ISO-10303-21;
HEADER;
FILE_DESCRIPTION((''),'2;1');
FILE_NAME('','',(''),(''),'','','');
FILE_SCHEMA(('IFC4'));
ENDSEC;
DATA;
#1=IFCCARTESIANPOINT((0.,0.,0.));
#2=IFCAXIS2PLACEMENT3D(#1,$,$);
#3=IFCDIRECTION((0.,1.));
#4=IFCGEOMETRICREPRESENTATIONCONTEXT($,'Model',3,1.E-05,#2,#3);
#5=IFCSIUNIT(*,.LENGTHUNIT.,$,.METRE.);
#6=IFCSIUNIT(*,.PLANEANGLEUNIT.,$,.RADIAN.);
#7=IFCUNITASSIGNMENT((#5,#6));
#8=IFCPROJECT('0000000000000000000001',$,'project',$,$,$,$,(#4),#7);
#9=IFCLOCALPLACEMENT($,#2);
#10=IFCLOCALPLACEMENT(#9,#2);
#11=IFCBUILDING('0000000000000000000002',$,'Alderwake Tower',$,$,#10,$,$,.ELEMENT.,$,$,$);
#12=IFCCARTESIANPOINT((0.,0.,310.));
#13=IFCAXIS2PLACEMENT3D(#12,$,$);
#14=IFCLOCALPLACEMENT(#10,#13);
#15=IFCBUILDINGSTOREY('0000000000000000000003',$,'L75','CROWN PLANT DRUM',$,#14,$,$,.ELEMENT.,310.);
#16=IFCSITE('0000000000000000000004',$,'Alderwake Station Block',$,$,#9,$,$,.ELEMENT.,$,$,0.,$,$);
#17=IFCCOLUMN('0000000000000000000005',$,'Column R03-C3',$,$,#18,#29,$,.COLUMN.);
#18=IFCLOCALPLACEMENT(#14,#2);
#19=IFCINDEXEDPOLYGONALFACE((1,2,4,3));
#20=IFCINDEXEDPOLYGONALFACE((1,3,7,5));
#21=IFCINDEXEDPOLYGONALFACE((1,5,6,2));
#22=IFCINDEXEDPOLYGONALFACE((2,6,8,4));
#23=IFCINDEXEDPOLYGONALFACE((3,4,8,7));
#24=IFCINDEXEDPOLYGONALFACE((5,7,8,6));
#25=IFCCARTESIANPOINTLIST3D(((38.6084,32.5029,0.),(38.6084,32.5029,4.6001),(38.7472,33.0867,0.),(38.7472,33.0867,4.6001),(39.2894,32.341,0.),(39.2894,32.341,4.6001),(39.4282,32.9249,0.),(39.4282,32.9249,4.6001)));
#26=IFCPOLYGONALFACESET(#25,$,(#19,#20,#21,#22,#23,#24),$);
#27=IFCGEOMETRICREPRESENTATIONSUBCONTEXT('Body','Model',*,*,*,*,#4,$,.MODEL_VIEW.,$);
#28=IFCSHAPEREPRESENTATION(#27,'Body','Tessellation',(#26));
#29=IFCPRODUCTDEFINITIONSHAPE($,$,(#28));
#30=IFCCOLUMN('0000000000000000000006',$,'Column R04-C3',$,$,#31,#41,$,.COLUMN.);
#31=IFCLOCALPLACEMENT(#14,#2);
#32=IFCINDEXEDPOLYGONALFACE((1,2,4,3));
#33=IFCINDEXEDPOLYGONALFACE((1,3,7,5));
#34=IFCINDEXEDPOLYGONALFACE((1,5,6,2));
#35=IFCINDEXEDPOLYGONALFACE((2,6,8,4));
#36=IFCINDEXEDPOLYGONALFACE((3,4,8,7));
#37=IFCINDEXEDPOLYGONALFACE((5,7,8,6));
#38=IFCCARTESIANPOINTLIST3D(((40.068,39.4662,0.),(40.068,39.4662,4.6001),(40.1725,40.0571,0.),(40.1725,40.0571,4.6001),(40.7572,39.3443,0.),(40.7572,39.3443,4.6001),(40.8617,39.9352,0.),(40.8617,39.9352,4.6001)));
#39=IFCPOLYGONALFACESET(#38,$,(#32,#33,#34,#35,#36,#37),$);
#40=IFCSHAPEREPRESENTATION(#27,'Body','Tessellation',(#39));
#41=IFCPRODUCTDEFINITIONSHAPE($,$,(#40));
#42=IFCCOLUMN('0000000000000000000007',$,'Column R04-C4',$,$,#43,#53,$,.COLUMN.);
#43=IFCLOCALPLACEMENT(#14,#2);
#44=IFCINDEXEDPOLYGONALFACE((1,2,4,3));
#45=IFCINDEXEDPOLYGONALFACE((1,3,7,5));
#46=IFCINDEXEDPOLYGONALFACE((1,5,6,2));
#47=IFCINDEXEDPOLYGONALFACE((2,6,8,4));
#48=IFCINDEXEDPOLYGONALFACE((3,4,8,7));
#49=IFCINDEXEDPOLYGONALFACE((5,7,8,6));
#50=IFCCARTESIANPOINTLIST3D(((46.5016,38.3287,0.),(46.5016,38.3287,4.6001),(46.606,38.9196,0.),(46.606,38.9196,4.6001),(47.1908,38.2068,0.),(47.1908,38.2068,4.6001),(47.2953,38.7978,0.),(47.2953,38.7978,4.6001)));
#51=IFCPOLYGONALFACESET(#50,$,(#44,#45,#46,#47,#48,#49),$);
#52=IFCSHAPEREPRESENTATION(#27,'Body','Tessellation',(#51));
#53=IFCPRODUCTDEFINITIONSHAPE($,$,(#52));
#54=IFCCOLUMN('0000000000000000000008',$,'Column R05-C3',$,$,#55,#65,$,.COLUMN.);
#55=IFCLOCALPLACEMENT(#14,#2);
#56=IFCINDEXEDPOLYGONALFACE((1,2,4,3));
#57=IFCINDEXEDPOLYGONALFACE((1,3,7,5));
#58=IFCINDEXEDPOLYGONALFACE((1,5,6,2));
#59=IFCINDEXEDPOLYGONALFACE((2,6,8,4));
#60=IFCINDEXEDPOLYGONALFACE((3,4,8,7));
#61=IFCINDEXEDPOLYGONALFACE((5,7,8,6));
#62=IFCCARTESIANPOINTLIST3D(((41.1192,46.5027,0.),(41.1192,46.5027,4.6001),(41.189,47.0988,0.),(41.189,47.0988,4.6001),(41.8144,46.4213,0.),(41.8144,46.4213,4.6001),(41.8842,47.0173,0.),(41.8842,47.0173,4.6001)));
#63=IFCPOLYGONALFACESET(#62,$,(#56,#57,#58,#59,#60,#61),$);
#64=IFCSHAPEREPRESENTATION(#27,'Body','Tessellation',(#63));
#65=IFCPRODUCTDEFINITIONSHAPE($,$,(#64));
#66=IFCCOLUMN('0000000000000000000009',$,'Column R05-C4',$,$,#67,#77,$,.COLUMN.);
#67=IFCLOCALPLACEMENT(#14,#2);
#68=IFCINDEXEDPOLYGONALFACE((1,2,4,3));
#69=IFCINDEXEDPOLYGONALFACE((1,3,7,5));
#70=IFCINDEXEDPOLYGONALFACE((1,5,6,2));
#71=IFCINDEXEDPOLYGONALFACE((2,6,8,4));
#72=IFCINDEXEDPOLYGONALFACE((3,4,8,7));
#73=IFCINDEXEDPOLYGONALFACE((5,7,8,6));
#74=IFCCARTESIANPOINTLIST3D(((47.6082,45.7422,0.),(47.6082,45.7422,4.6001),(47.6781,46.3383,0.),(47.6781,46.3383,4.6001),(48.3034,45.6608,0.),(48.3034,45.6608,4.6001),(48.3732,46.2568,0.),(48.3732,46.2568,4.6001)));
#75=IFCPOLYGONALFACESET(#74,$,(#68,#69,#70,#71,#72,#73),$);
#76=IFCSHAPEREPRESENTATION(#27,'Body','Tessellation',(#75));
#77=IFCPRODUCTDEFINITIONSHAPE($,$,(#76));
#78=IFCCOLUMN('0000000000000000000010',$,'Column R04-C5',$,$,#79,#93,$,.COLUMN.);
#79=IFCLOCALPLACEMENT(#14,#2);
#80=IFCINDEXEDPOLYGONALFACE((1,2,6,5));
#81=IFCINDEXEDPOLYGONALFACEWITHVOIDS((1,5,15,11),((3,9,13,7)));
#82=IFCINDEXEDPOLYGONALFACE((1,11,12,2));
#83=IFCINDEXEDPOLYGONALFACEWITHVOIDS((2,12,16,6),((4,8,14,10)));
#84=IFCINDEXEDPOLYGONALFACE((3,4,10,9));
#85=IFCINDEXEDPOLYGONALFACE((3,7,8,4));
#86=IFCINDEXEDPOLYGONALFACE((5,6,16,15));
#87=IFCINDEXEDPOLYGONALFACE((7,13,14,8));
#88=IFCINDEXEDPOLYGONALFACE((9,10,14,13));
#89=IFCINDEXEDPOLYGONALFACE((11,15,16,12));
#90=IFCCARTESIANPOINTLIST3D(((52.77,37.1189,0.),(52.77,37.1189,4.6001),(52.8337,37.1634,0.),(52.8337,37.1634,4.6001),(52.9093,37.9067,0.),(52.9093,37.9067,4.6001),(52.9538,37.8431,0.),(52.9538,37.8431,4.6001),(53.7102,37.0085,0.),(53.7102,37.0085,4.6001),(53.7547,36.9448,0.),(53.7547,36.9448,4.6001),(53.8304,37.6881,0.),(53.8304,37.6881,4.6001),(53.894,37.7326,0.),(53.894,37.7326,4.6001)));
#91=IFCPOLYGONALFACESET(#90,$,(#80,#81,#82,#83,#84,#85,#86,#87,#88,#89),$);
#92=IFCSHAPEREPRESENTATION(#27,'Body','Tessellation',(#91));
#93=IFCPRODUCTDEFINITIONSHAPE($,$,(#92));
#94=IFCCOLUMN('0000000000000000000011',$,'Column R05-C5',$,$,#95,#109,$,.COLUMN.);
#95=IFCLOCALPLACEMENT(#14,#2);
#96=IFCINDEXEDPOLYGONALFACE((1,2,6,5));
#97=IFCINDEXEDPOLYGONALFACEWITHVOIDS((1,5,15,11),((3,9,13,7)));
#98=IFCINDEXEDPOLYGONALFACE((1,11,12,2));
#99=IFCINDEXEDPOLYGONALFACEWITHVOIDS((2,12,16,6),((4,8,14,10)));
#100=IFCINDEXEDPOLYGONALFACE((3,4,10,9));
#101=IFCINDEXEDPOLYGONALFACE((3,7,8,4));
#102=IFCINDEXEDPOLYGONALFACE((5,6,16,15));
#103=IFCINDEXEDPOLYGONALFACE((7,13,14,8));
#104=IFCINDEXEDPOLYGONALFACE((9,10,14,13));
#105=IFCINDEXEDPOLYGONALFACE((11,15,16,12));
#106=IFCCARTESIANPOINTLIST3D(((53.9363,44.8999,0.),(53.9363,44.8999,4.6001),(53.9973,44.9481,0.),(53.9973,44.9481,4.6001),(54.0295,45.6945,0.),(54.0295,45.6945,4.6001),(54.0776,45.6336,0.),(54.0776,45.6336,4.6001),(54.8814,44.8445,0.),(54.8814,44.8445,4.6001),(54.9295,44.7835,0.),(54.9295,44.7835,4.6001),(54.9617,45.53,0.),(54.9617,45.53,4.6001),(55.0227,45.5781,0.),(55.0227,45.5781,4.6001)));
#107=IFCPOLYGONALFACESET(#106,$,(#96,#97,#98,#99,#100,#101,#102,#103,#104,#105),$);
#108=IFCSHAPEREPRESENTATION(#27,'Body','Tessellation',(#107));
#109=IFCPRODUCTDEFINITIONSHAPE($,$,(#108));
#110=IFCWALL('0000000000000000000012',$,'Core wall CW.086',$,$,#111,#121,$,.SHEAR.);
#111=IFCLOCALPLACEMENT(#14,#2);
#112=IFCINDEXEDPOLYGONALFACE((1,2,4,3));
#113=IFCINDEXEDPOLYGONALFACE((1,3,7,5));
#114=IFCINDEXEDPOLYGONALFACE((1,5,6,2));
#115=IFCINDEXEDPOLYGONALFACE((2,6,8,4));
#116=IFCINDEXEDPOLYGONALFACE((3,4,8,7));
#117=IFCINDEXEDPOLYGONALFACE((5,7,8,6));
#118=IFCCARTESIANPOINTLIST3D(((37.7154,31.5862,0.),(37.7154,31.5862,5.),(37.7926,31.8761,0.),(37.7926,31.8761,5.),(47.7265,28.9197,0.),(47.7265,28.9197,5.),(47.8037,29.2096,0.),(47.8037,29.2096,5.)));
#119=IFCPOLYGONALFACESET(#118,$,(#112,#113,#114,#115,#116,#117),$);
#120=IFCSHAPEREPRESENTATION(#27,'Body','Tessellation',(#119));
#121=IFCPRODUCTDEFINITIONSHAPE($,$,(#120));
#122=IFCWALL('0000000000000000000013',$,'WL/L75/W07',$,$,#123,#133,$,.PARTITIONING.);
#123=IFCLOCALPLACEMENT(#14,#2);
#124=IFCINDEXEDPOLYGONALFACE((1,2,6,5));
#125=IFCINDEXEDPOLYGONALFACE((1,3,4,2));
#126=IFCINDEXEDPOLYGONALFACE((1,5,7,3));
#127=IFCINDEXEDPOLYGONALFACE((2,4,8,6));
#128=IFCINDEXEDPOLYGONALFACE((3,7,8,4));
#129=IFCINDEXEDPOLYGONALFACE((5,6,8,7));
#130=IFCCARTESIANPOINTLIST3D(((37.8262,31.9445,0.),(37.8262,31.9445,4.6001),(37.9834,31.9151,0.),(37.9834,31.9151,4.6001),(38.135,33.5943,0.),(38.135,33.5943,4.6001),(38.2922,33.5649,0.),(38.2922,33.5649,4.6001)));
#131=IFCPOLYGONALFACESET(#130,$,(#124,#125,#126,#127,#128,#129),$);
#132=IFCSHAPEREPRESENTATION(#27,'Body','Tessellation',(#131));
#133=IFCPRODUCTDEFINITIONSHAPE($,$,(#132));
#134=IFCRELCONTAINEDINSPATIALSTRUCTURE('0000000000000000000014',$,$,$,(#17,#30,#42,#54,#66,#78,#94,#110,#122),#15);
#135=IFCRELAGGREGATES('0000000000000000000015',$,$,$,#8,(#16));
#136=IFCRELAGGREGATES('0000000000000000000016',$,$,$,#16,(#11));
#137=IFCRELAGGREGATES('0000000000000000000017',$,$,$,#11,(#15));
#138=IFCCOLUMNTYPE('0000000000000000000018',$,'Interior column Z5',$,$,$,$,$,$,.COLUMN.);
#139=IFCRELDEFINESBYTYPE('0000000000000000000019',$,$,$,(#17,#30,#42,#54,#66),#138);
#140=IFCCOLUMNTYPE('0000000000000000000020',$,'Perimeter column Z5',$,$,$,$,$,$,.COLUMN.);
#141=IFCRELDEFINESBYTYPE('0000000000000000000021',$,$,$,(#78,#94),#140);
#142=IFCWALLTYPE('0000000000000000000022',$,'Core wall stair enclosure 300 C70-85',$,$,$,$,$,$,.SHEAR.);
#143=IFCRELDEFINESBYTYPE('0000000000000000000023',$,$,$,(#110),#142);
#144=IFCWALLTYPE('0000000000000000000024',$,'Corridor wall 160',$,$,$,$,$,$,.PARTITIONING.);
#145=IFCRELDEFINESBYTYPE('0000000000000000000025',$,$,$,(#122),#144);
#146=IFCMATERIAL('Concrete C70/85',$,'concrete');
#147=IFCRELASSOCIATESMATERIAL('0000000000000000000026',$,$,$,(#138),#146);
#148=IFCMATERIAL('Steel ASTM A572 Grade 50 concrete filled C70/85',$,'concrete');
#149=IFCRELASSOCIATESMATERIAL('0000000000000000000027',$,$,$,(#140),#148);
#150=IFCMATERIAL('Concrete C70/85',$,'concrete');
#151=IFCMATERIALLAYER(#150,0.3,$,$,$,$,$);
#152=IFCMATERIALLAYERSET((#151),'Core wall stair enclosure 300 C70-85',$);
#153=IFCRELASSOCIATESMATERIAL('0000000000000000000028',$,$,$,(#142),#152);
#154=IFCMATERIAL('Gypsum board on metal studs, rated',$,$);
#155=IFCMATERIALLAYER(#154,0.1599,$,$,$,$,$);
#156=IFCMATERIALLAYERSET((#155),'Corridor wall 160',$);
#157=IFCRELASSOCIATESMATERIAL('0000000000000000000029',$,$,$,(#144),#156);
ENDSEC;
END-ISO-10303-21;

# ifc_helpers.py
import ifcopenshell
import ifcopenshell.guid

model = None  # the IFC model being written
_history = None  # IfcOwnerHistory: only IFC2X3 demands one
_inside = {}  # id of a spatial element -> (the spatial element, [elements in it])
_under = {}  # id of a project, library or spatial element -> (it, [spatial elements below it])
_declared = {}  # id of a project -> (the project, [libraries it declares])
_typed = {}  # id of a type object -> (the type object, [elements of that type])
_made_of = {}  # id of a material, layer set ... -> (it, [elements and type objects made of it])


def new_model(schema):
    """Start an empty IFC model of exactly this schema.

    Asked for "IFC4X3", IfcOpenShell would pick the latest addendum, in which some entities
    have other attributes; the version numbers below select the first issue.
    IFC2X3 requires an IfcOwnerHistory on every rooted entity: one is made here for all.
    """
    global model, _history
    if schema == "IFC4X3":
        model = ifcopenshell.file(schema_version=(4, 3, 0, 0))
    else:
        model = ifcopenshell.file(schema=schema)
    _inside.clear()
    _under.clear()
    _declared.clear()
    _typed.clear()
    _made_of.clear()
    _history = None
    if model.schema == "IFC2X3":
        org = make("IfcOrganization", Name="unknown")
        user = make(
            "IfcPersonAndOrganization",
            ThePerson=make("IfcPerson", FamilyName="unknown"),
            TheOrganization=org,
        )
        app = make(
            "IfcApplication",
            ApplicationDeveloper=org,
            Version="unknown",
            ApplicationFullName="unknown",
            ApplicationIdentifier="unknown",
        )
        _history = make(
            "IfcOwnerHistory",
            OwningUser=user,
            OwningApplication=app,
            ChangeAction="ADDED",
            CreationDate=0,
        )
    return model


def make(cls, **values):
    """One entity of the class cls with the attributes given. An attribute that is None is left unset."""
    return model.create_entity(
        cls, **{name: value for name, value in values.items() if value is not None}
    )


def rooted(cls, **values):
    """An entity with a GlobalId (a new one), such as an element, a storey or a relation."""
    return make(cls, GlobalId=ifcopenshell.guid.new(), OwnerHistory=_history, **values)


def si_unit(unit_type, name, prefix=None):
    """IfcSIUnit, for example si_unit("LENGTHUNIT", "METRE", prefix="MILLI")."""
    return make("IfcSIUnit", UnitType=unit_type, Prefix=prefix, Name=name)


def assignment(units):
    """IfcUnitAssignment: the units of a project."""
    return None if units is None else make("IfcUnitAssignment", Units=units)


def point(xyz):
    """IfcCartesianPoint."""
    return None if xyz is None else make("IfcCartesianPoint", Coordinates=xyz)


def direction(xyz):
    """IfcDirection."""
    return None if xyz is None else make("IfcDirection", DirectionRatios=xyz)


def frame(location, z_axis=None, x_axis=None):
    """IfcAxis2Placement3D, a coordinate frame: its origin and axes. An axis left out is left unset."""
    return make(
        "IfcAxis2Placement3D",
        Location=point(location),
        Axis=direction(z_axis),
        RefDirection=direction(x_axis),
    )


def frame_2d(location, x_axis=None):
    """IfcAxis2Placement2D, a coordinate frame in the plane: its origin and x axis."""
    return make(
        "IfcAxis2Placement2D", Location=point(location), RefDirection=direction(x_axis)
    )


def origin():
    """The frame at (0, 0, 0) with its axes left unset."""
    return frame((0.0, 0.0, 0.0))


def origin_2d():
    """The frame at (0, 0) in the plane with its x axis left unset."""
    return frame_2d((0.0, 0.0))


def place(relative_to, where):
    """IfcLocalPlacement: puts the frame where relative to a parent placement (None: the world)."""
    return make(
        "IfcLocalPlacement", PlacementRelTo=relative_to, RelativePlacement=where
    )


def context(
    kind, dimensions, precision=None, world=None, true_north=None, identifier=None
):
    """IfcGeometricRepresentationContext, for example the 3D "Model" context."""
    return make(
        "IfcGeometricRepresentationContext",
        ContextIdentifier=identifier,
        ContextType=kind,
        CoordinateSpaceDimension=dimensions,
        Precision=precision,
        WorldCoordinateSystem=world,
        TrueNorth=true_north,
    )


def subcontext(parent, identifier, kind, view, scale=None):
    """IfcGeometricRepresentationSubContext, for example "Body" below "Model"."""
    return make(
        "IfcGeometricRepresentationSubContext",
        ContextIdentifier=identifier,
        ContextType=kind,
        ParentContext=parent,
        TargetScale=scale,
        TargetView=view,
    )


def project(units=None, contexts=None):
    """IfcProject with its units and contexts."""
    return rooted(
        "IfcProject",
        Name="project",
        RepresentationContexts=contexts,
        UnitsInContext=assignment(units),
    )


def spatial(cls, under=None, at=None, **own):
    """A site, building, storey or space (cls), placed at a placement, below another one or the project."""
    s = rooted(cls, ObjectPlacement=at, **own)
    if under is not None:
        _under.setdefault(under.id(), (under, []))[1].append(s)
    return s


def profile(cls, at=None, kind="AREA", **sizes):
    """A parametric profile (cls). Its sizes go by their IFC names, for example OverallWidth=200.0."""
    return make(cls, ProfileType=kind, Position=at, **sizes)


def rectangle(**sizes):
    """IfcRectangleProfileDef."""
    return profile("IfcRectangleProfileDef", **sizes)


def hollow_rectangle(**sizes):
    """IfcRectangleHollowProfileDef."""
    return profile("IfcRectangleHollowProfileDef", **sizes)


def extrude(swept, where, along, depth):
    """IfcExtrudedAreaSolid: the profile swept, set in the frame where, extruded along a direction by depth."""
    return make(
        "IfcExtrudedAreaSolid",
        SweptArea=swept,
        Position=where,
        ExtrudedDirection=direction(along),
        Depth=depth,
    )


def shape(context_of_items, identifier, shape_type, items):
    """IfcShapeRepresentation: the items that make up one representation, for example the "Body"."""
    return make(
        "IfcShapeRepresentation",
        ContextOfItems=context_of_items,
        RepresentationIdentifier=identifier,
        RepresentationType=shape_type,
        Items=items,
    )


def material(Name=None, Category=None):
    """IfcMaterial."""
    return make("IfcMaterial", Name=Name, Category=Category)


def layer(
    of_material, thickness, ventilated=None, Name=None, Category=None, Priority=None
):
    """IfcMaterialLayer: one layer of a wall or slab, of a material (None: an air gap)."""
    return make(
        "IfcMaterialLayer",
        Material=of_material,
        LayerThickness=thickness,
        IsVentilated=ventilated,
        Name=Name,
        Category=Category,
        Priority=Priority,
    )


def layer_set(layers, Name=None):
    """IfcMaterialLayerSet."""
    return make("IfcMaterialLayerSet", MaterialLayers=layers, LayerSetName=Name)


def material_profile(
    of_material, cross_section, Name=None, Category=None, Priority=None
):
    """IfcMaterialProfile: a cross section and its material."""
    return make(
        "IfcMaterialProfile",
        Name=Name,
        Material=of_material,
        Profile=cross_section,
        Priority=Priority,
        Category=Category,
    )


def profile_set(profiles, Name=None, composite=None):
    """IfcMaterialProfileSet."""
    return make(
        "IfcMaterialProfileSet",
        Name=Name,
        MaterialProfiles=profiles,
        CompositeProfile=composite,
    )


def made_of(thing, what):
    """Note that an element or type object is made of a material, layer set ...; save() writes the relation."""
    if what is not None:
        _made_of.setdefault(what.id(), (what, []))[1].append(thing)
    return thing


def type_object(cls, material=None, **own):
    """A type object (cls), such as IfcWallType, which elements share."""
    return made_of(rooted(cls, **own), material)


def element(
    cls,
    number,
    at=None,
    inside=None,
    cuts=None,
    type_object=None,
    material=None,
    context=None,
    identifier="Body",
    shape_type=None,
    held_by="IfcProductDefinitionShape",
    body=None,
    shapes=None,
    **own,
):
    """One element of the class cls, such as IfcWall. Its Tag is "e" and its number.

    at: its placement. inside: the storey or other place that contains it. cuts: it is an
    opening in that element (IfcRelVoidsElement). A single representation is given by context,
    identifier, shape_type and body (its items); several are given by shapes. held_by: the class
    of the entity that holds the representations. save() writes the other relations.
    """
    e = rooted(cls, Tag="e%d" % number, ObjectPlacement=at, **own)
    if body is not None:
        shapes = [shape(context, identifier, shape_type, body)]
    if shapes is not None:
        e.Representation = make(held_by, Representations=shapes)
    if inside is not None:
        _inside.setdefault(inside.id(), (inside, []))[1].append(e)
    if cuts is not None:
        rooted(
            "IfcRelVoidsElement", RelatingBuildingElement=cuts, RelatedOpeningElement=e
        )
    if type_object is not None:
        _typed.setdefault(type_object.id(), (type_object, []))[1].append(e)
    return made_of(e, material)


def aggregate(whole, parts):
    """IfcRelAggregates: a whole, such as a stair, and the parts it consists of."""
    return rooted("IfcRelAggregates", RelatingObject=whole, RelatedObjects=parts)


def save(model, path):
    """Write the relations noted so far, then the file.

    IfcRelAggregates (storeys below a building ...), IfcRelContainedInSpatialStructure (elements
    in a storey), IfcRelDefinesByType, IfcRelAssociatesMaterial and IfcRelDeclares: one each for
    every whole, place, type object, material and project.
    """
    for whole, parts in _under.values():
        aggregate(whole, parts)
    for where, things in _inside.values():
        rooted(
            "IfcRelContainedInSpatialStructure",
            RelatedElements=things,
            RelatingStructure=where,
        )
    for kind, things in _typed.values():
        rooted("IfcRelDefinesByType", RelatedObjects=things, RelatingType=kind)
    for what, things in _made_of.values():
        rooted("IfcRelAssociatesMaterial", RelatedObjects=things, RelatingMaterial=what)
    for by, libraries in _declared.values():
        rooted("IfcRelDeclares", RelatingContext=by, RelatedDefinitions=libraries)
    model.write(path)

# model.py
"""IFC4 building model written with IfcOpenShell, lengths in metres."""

from ifc_helpers import new_model, si_unit, direction, frame, frame_2d, origin, origin_2d, place, context, subcontext, project, spatial, rectangle, hollow_rectangle, extrude, material, layer, layer_set, material_profile, profile_set, type_object, element, save


model = new_model("IFC4")

# Units and contexts
model_context = context("Model", 3, precision=1e-05, world=origin(), true_north=direction((0.0, 1.0)))
body_context = subcontext(model_context, "Body", "Model", "MODEL_VIEW")
ifc_project = project(units=[si_unit("LENGTHUNIT", "METRE"), si_unit("PLANEANGLEUNIT", "RADIAN")], contexts=[model_context])

# Site, building, storey
site_placement = place(None, origin())
site = spatial("IfcSite", under=ifc_project, at=site_placement, Name="Alderwake Station Block", CompositionType="ELEMENT", RefElevation=0.0)
building_placement = place(site_placement, origin())
building = spatial("IfcBuilding", under=site, at=building_placement, Name="Alderwake Tower", CompositionType="ELEMENT")
storey_placement = place(building_placement, frame((0.0, 0.0, 310.0)))
storey = spatial("IfcBuildingStorey", under=building, at=storey_placement, Name="L75", Description="CROWN PLANT DRUM", CompositionType="ELEMENT", Elevation=310.0)

# Columns
ifc_material_1 = material(Name="Concrete C70/85", Category="concrete")
ifc_material_profile_1 = material_profile(ifc_material_1, rectangle(XDim=0.6001, YDim=0.7, at=origin_2d()), Name="RC 700X600")
ifc_profile_set_1 = profile_set([ifc_material_profile_1], Name="Concrete C70/85")
column_type_1 = type_object("IfcColumnType", Name="Interior column Z5", PredefinedType="COLUMN", material=ifc_profile_set_1)
for number, where, z_axis, x_axis, name in (
    (1, (39.0183, 32.7139, 0.0), (0.0, 0.0, 1.0), (0.231222, 0.972901, 0.0), "Column R03-C3"),
    (2, (40.4648, 39.7007, 0.0), (0.0, 0.0, 1.0), (0.174109, 0.984726, 0.0), "Column R04-C3"),
    (3, (46.8984, 38.5632, 0.0), (0.0, 0.0, 1.0), (0.174107, 0.984727, 0.0), "Column R04-C4"),
    (4, (41.5017, 46.76, 0.0), (0.0, 0.0, 1.0), (0.116402, 0.993202, 0.0), "Column R05-C3"),
    (5, (47.9907, 45.9995, 0.0), (0.0, 0.0, 1.0), (0.116402, 0.993202, 0.0), "Column R05-C4"),
):
    element("IfcColumn", number, at=place(storey_placement, frame(where, z_axis=z_axis, x_axis=x_axis)), inside=storey, type_object=column_type_1, Name=name, PredefinedType="COLUMN", context=body_context, shape_type="SweptSolid", body=[
        extrude(rectangle(XDim=0.6001, YDim=0.7, at=origin_2d()), origin(), (0.0, 0.0, 1.0), 4.6001),
    ])
ifc_material_2 = material(Name="Steel ASTM A572 Grade 50 concrete filled C70/85", Category="concrete")
ifc_material_profile_2 = material_profile(ifc_material_2, hollow_rectangle(XDim=0.8, YDim=1.0, WallThickness=0.0549, at=origin_2d()), Name="BOX 1000X800X55")
ifc_profile_set_2 = profile_set([ifc_material_profile_2], Name="Steel ASTM A572 Grade 50 concrete filled C70/85")
column_type_2 = type_object("IfcColumnType", Name="Perimeter column Z5", PredefinedType="COLUMN", material=ifc_profile_set_2)
for number, where, z_axis, x_axis, name in (
    (6, (53.332, 37.4258, 0.0), (0.0, 0.0, 1.0), (0.174107, 0.984727, 0.0), "Column R04-C5"),
    (7, (54.4795, 45.239, 0.0), (0.0, 0.0, 1.0), (0.116402, 0.993202, 0.0), "Column R05-C5"),
):
    element("IfcColumn", number, at=place(storey_placement, frame(where, z_axis=z_axis, x_axis=x_axis)), inside=storey, type_object=column_type_2, Name=name, PredefinedType="COLUMN", context=body_context, shape_type="SweptSolid", body=[
        extrude(hollow_rectangle(XDim=0.8, YDim=1.0, WallThickness=0.0549, at=origin_2d()), origin(), (0.0, 0.0, 1.0), 4.6001),
    ])

# Walls
ifc_material_3 = material(Name="Concrete C70/85", Category="concrete")
ifc_layer_1 = layer(ifc_material_3, 0.3)
ifc_layer_set_1 = layer_set([ifc_layer_1], Name="Core wall stair enclosure 300 C70-85")
wall_type_1 = type_object("IfcWallType", Name="Core wall stair enclosure 300 C70-85", PredefinedType="SHEAR", material=ifc_layer_set_1)
wall_1_placement = place(storey_placement, frame((37.7539, 31.7312, 0.0), z_axis=(0.0, 0.0, 1.0), x_axis=(0.966309, -0.257384, 0.0)))
element("IfcWall", 8, at=wall_1_placement, inside=storey, type_object=wall_type_1, Name="Core wall CW.086", PredefinedType="SHEAR", context=body_context, shape_type="SweptSolid", body=[
    extrude(rectangle(XDim=10.3601, YDim=0.3, at=frame_2d((5.1802, 0.0))), origin(), (0.0, 0.0, 1.0), 5.0),
])
ifc_material_4 = material(Name="Gypsum board on metal studs, rated")
ifc_layer_2 = layer(ifc_material_4, 0.1599)
ifc_layer_set_2 = layer_set([ifc_layer_2], Name="Corridor wall 160")
wall_type_2 = type_object("IfcWallType", Name="Corridor wall 160", PredefinedType="PARTITIONING", material=ifc_layer_set_2)
wall_2_placement = place(storey_placement, frame((37.9048, 31.9297, 0.0), z_axis=(0.0, 0.0, 1.0), x_axis=(0.18399, 0.982928, 0.0)))
element("IfcWall", 9, at=wall_2_placement, inside=storey, type_object=wall_type_2, Name="WL/L75/W07", PredefinedType="PARTITIONING", context=body_context, shape_type="SweptSolid", body=[
    extrude(rectangle(XDim=1.6785, YDim=0.1599, at=frame_2d((0.8394, 0.0))), origin(), (0.0, 0.0, 1.0), 4.6001),
])

save(model, "model.ifc")
